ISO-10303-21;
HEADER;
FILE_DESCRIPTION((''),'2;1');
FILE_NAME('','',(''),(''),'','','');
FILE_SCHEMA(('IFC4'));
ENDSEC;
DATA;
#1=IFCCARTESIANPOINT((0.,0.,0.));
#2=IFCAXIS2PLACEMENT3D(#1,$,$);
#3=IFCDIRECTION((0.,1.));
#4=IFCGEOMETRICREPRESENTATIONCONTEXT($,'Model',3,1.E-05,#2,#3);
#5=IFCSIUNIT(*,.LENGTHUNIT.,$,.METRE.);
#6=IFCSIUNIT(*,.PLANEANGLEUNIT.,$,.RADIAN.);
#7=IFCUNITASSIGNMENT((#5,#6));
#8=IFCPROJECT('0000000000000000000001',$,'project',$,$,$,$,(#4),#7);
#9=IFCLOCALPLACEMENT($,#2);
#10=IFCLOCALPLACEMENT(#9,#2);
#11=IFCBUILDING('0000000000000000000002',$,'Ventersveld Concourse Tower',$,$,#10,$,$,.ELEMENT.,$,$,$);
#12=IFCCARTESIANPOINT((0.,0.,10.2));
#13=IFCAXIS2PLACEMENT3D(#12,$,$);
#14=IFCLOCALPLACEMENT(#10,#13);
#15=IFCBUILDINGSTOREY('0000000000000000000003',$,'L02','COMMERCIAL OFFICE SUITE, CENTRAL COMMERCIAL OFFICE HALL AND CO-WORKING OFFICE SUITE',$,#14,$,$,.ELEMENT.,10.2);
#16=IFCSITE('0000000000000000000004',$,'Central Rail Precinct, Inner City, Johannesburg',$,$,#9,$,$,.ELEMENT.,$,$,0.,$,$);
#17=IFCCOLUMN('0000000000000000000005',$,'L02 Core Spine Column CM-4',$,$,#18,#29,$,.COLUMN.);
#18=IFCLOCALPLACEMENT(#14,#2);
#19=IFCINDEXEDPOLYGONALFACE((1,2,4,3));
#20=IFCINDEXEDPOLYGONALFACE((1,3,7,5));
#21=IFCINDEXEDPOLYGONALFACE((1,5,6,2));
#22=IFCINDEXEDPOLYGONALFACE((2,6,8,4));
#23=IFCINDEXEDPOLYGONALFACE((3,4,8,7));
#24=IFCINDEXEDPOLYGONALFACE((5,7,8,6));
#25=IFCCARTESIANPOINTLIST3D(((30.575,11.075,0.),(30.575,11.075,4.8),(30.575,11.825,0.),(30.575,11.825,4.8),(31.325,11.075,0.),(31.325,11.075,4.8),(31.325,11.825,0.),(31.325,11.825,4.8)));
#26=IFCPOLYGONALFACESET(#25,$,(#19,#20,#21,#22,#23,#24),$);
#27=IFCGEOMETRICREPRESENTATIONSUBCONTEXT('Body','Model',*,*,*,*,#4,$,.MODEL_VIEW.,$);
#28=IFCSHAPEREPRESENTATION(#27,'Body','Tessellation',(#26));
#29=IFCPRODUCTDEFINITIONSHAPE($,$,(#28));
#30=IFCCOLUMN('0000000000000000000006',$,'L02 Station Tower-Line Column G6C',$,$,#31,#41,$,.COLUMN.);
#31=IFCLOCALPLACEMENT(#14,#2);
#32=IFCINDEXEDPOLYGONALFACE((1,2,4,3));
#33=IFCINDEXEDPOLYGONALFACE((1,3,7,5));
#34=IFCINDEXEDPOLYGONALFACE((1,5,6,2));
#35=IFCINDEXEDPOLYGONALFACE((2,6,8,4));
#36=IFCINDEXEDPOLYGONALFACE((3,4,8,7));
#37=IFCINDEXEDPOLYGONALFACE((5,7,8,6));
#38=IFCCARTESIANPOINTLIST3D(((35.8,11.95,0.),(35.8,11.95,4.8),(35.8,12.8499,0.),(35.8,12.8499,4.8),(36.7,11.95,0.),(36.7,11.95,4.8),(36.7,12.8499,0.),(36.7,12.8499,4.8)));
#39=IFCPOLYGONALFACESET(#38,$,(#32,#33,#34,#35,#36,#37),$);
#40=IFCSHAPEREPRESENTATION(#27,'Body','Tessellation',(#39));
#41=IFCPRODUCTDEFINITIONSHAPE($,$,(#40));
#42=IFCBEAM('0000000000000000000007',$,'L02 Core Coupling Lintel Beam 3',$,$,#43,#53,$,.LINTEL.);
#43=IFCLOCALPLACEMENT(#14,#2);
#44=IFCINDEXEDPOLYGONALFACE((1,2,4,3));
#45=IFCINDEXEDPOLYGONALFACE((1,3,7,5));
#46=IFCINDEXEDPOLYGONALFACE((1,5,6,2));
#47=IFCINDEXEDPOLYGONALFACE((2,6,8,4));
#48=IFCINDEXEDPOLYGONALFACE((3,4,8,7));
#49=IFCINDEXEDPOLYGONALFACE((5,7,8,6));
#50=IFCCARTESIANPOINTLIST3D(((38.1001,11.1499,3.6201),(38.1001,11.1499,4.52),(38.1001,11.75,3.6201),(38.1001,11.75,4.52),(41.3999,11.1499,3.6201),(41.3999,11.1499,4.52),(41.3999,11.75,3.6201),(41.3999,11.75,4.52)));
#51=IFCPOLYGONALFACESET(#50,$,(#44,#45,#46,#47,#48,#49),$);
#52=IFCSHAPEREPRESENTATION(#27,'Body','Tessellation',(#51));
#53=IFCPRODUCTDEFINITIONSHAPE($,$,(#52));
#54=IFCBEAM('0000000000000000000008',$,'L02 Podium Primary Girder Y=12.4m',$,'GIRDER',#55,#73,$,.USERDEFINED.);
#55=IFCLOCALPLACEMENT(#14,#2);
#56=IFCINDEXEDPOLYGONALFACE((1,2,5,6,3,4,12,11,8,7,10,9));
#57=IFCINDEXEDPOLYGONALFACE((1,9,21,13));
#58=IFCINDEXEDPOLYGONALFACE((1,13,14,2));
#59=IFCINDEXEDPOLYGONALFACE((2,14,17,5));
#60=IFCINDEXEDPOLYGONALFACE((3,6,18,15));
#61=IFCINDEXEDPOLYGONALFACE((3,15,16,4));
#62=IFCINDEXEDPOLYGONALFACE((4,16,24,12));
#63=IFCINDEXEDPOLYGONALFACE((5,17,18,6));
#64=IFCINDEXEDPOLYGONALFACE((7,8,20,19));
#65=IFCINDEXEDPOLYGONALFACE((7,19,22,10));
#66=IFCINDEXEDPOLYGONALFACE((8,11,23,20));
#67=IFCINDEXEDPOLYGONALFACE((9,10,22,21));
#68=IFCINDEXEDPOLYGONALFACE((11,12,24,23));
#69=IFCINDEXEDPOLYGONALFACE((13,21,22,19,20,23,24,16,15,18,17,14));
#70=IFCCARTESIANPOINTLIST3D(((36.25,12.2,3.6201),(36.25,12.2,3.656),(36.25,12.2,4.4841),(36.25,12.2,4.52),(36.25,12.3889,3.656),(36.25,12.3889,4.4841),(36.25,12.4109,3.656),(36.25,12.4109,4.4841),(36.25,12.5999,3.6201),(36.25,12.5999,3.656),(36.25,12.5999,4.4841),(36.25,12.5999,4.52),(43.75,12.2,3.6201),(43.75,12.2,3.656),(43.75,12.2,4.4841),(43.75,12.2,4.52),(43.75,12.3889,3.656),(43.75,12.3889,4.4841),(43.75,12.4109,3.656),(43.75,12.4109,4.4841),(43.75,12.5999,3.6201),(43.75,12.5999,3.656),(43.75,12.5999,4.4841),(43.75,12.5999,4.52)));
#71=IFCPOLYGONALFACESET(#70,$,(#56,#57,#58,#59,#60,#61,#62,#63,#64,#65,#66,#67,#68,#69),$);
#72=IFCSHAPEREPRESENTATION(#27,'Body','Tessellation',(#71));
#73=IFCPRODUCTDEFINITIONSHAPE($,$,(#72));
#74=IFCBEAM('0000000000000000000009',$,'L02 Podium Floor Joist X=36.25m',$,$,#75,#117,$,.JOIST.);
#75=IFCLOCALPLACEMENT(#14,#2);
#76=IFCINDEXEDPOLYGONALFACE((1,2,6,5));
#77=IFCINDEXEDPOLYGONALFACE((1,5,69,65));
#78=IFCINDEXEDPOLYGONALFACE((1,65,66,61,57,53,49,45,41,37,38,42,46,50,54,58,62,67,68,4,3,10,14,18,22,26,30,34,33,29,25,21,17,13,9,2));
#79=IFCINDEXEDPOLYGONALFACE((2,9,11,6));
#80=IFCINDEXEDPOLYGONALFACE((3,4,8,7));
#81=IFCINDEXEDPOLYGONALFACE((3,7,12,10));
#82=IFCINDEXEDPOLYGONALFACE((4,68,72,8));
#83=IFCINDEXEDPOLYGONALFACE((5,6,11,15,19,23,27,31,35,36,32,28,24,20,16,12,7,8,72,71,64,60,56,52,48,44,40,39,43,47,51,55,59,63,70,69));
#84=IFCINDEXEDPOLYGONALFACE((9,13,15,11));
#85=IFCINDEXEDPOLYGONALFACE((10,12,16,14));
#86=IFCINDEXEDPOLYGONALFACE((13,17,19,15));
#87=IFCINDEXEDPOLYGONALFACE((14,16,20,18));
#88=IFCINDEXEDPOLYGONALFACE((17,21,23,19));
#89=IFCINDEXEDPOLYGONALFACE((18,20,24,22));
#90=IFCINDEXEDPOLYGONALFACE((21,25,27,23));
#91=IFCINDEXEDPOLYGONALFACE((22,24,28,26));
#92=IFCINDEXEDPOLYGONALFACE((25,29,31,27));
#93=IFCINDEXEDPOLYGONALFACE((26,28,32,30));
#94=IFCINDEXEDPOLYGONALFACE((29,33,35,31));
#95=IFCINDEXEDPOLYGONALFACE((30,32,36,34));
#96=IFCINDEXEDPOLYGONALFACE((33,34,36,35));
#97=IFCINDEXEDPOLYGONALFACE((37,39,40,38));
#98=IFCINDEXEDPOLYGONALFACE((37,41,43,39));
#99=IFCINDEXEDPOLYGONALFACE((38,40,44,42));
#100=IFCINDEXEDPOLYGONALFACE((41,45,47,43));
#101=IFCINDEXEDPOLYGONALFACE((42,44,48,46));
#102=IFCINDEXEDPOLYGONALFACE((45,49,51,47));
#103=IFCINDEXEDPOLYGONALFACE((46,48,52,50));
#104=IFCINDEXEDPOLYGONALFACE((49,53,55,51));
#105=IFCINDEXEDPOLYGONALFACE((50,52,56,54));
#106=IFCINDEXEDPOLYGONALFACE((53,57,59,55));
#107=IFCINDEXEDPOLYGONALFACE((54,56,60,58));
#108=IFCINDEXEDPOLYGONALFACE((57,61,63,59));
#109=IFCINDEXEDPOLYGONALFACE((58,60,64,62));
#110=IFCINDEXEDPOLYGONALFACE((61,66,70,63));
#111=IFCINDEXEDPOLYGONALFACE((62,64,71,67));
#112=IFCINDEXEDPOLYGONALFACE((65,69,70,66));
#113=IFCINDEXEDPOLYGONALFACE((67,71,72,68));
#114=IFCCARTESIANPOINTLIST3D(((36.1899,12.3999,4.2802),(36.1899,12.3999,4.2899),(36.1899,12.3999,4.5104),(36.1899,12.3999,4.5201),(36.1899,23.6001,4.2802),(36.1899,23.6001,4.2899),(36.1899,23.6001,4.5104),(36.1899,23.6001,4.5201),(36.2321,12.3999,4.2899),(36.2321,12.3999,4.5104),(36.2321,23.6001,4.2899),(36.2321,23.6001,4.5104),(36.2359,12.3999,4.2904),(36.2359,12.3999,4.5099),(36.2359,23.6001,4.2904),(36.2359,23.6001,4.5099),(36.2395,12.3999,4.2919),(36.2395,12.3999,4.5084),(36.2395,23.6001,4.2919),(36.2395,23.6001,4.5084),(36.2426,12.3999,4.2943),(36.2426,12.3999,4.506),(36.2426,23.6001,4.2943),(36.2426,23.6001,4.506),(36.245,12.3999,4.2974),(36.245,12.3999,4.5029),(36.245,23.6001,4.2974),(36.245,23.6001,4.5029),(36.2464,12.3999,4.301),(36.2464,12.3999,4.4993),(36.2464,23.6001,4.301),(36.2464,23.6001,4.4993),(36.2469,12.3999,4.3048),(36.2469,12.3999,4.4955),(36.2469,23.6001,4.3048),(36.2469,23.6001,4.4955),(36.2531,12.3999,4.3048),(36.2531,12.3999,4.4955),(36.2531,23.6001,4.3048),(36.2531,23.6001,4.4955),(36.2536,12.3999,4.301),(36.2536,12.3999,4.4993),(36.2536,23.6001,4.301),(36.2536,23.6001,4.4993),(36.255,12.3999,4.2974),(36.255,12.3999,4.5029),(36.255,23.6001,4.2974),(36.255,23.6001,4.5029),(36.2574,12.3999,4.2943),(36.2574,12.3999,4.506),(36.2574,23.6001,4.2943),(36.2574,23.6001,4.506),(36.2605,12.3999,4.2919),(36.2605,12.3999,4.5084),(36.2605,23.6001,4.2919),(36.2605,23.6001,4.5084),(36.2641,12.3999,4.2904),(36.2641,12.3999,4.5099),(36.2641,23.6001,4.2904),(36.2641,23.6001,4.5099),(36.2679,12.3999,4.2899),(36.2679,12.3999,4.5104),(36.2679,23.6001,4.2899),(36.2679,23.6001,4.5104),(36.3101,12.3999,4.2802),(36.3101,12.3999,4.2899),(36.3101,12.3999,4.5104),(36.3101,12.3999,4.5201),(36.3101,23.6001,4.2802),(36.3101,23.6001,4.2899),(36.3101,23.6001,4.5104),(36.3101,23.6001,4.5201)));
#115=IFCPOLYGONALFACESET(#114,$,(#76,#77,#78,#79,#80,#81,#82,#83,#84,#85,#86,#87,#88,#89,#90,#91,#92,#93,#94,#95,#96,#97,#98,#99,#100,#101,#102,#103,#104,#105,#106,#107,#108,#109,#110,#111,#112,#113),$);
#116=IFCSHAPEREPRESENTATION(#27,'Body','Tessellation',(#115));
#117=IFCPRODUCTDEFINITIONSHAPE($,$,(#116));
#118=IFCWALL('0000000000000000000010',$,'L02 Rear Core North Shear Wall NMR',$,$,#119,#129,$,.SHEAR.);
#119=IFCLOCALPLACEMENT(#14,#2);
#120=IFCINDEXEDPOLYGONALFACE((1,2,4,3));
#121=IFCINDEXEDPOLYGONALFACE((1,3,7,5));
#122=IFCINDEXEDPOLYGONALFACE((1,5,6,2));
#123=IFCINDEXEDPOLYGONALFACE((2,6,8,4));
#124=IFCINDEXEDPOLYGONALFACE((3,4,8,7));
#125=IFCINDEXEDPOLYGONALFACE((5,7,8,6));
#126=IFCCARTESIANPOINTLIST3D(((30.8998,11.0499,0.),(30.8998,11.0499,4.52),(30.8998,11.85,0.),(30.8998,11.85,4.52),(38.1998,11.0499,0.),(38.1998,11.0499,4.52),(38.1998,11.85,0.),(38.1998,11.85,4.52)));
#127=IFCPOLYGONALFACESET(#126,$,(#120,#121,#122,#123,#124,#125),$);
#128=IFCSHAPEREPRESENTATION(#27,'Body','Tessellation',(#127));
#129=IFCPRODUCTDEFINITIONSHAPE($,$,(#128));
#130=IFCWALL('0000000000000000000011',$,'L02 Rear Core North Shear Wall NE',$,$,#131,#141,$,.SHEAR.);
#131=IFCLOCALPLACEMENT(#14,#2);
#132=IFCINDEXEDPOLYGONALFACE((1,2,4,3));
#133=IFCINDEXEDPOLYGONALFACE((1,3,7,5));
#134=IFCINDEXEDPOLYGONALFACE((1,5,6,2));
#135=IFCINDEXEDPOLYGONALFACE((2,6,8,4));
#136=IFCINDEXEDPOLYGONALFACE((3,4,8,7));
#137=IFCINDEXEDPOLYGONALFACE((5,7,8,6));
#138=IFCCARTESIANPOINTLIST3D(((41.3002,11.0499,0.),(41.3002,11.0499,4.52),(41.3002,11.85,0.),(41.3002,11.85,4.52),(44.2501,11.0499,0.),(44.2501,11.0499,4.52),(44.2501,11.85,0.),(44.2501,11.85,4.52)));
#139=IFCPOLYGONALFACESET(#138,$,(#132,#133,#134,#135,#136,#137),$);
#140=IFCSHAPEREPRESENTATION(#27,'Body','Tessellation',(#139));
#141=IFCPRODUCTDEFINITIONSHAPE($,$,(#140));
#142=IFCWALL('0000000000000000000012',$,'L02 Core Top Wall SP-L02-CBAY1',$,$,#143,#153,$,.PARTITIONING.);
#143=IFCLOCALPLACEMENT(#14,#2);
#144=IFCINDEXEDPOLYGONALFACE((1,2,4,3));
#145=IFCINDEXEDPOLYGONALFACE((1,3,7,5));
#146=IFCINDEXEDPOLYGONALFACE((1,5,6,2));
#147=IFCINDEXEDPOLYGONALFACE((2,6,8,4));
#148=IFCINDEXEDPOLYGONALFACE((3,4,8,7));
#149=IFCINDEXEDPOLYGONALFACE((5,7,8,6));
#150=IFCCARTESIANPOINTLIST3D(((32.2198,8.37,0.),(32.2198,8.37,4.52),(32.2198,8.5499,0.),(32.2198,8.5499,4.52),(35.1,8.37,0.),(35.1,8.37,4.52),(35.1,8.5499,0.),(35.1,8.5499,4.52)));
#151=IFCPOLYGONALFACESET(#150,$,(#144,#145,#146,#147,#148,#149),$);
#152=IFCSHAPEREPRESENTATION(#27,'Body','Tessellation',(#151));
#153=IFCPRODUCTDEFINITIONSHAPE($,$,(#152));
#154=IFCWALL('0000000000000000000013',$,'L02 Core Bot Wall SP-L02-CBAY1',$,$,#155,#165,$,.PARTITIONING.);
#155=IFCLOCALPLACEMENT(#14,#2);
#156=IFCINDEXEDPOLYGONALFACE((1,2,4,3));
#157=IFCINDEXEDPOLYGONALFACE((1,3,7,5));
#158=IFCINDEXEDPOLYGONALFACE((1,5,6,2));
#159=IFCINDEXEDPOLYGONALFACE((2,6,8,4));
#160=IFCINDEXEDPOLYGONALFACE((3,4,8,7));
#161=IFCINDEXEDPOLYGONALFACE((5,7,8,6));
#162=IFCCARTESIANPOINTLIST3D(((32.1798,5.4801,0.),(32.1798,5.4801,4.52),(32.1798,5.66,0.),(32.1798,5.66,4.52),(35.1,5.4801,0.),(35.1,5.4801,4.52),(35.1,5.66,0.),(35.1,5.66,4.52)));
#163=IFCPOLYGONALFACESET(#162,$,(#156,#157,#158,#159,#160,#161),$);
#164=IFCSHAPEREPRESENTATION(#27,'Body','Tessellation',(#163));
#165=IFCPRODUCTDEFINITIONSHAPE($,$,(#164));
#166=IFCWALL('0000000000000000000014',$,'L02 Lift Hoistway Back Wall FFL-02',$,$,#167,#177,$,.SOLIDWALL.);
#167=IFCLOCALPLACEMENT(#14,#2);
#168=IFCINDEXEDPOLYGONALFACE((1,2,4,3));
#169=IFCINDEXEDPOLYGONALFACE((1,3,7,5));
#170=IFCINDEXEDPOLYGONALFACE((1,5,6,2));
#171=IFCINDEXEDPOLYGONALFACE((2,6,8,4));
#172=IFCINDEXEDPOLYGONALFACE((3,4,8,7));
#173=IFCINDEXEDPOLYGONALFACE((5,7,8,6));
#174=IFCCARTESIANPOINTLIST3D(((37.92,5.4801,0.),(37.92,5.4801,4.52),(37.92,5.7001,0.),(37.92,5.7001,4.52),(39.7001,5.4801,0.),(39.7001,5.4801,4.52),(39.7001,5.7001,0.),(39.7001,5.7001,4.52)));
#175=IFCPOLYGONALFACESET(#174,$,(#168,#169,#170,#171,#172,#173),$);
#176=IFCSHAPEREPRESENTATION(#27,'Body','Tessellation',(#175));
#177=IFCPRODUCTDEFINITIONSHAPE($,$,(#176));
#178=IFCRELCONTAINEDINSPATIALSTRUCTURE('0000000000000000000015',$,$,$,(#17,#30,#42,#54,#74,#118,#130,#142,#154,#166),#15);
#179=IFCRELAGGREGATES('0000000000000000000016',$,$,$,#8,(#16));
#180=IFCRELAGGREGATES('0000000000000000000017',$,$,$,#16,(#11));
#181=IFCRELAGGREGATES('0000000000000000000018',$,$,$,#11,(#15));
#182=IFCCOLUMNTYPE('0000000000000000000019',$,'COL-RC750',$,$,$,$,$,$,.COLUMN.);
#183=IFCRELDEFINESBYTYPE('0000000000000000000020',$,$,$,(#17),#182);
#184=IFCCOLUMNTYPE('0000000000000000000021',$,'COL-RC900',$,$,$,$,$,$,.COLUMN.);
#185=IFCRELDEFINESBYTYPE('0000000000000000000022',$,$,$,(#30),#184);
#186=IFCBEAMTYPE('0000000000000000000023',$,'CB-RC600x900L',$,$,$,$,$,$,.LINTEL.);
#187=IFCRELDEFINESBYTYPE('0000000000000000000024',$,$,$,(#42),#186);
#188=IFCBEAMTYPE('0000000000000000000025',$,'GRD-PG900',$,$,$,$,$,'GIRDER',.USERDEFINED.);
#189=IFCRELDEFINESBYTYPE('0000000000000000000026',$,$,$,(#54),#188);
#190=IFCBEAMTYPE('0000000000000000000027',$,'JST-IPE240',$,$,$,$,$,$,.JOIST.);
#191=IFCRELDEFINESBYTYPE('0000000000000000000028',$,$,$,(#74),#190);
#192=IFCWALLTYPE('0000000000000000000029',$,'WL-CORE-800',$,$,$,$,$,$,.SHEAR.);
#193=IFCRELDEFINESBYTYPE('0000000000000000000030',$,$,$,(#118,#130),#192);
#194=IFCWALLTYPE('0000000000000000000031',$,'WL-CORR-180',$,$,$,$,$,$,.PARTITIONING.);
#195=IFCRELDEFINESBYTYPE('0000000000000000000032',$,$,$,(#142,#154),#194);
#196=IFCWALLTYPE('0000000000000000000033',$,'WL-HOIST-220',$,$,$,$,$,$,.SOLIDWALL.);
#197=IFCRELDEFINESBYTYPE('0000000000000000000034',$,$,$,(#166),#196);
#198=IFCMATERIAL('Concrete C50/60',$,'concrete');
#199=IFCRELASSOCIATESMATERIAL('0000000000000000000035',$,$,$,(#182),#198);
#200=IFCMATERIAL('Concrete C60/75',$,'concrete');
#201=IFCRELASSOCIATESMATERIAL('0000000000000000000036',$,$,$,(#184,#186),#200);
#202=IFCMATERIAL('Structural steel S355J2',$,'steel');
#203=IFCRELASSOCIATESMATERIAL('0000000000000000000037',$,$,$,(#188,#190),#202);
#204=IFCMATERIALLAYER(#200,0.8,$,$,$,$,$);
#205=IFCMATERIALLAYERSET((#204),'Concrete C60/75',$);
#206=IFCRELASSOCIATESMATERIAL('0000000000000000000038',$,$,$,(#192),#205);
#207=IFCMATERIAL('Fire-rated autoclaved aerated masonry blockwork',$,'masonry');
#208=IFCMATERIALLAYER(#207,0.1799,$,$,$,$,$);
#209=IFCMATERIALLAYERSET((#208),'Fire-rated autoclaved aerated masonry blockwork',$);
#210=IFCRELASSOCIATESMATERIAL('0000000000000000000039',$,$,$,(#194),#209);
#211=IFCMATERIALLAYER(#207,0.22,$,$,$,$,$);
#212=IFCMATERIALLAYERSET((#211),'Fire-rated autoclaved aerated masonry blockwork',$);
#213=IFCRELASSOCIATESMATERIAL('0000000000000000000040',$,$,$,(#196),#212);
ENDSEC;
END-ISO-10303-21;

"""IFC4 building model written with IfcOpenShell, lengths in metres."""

from ifc_helpers import new_model, si_unit, direction, frame, frame_2d, origin, origin_2d, place, context, subcontext, project, spatial, rectangle, i_section, extrude, material, layer, layer_set, material_profile, profile_set, type_object, element, save


model = new_model("IFC4")

# Units and contexts
model_context = context("Model", 3, precision=1e-05, world=origin(), true_north=direction((0.0, 1.0)))
body_context = subcontext(model_context, "Body", "Model", "MODEL_VIEW")
ifc_project = project(units=[si_unit("LENGTHUNIT", "METRE"), si_unit("PLANEANGLEUNIT", "RADIAN")], contexts=[model_context])

# Site, building, storey
site_placement = place(None, origin())
site = spatial("IfcSite", under=ifc_project, at=site_placement, Name="Central Rail Precinct, Inner City, Johannesburg", CompositionType="ELEMENT", RefElevation=0.0)
building_placement = place(site_placement, origin())
building = spatial("IfcBuilding", under=site, at=building_placement, Name="Ventersveld Concourse Tower", CompositionType="ELEMENT")
storey_placement = place(building_placement, frame((0.0, 0.0, 10.2)))
storey = spatial("IfcBuildingStorey", under=building, at=storey_placement, Name="L02", Description="COMMERCIAL OFFICE SUITE, CENTRAL COMMERCIAL OFFICE HALL AND CO-WORKING OFFICE SUITE", CompositionType="ELEMENT", Elevation=10.2)

# Columns
ifc_material_1 = material(Name="Concrete C50/60", Category="concrete")
ifc_material_profile_1 = material_profile(ifc_material_1, rectangle(XDim=0.75, YDim=0.75, at=origin_2d()), Name="RC 750x750")
ifc_profile_set_1 = profile_set([ifc_material_profile_1], Name="Concrete C50/60")
column_type_1 = type_object("IfcColumnType", Name="COL-RC750", PredefinedType="COLUMN", material=ifc_profile_set_1)
column_1_placement = place(storey_placement, frame((30.95, 11.45, 0.0), z_axis=(0.0, 0.0, 1.0), x_axis=(1.0, 0.0, 0.0)))
element("IfcColumn", 1, at=column_1_placement, inside=storey, type_object=column_type_1, Name="L02 Core Spine Column CM-4", PredefinedType="COLUMN", context=body_context, shape_type="SweptSolid", body=[
    extrude(rectangle(XDim=0.75, YDim=0.75, at=origin_2d()), origin(), (0.0, 0.0, 1.0), 4.8),
])
ifc_material_2 = material(Name="Concrete C60/75", Category="concrete")
ifc_material_profile_2 = material_profile(ifc_material_2, rectangle(XDim=0.8999, YDim=0.8999, at=origin_2d()), Name="RC 900x900")
ifc_profile_set_2 = profile_set([ifc_material_profile_2], Name="Concrete C60/75")
column_type_2 = type_object("IfcColumnType", Name="COL-RC900", PredefinedType="COLUMN", material=ifc_profile_set_2)
column_2_placement = place(storey_placement, frame((36.25, 12.3999, 0.0), z_axis=(0.0, 0.0, 1.0), x_axis=(1.0, 0.0, 0.0)))
element("IfcColumn", 2, at=column_2_placement, inside=storey, type_object=column_type_2, Name="L02 Station Tower-Line Column G6C", PredefinedType="COLUMN", context=body_context, shape_type="SweptSolid", body=[
    extrude(rectangle(XDim=0.8999, YDim=0.8999, at=origin_2d()), origin(), (0.0, 0.0, 1.0), 4.8),
])

# Beams
ifc_material_profile_3 = material_profile(ifc_material_2, rectangle(XDim=0.6001, YDim=0.8999, at=origin_2d()), Name="RC 600x900")
ifc_profile_set_3 = profile_set([ifc_material_profile_3], Name="Concrete C60/75")
beam_type_1 = type_object("IfcBeamType", Name="CB-RC600x900L", PredefinedType="LINTEL", material=ifc_profile_set_3)
beam_1_placement = place(storey_placement, frame((38.1001, 11.45, 4.0701), z_axis=(1.0, 0.0, 0.0), x_axis=(0.0, 1.0, 0.0)))
element("IfcBeam", 3, at=beam_1_placement, inside=storey, type_object=beam_type_1, Name="L02 Core Coupling Lintel Beam 3", PredefinedType="LINTEL", context=body_context, shape_type="SweptSolid", body=[
    extrude(rectangle(XDim=0.6001, YDim=0.8999, at=origin_2d()), origin(), (0.0, 0.0, 1.0), 3.2998),
])
ifc_material_3 = material(Name="Structural steel S355J2", Category="steel")
ifc_material_profile_4 = material_profile(ifc_material_3, i_section(OverallWidth=0.3999, OverallDepth=0.8999, WebThickness=0.022, FlangeThickness=0.0359, at=origin_2d()), Name="PG 900x400x36")
ifc_profile_set_4 = profile_set([ifc_material_profile_4], Name="Structural steel S355J2")
beam_type_2 = type_object("IfcBeamType", Name="GRD-PG900", ElementType="GIRDER", PredefinedType="USERDEFINED", material=ifc_profile_set_4)
beam_2_placement = place(storey_placement, frame((36.25, 12.3999, 4.0701), z_axis=(1.0, 0.0, 0.0), x_axis=(0.0, 1.0, 0.0)))
element("IfcBeam", 4, at=beam_2_placement, inside=storey, type_object=beam_type_2, Name="L02 Podium Primary Girder Y=12.4m", ObjectType="GIRDER", PredefinedType="USERDEFINED", context=body_context, shape_type="SweptSolid", body=[
    extrude(i_section(OverallWidth=0.3999, OverallDepth=0.8999, WebThickness=0.022, FlangeThickness=0.0359, at=origin_2d()), origin(), (0.0, 0.0, 1.0), 7.5),
])
ifc_material_profile_5 = material_profile(ifc_material_3, i_section(OverallWidth=0.1201, OverallDepth=0.24, WebThickness=0.0061, FlangeThickness=0.0098, FilletRadius=0.0149, at=origin_2d()), Name="IPE 240")
ifc_profile_set_5 = profile_set([ifc_material_profile_5], Name="Structural steel S355J2")
beam_type_3 = type_object("IfcBeamType", Name="JST-IPE240", PredefinedType="JOIST", material=ifc_profile_set_5)
beam_3_placement = place(storey_placement, frame((36.25, 12.3999, 4.4001), z_axis=(0.0, 1.0, 0.0), x_axis=(-1.0, 0.0, 0.0)))
element("IfcBeam", 5, at=beam_3_placement, inside=storey, type_object=beam_type_3, Name="L02 Podium Floor Joist X=36.25m", PredefinedType="JOIST", context=body_context, shape_type="SweptSolid", body=[
    extrude(i_section(OverallWidth=0.1201, OverallDepth=0.24, WebThickness=0.0061, FlangeThickness=0.0098, FilletRadius=0.0149, at=origin_2d()), origin(), (0.0, 0.0, 1.0), 11.2002),
])

# Walls
ifc_layer_1 = layer(ifc_material_2, 0.8)
ifc_layer_set_1 = layer_set([ifc_layer_1], Name="Concrete C60/75")
wall_type_1 = type_object("IfcWallType", Name="WL-CORE-800", PredefinedType="SHEAR", material=ifc_layer_set_1)
wall_1_placement = place(storey_placement, frame((30.8999, 11.45, 0.0), z_axis=(0.0, 0.0, 1.0), x_axis=(1.0, 0.0, 0.0)))
element("IfcWall", 6, at=wall_1_placement, inside=storey, type_object=wall_type_1, Name="L02 Rear Core North Shear Wall NMR", PredefinedType="SHEAR", context=body_context, shape_type="SweptSolid", body=[
    extrude(rectangle(XDim=7.3, YDim=0.8, at=frame_2d((3.6499, 0.0))), origin(), (0.0, 0.0, 1.0), 4.52),
])
wall_2_placement = place(storey_placement, frame((41.3, 11.45, 0.0), z_axis=(0.0, 0.0, 1.0), x_axis=(1.0, 0.0, 0.0)))
element("IfcWall", 7, at=wall_2_placement, inside=storey, type_object=wall_type_1, Name="L02 Rear Core North Shear Wall NE", PredefinedType="SHEAR", context=body_context, shape_type="SweptSolid", body=[
    extrude(rectangle(XDim=2.95, YDim=0.8, at=frame_2d((1.4751, 0.0))), origin(), (0.0, 0.0, 1.0), 4.52),
])

# Shared definitions
ifc_material_4 = material(Name="Fire-rated autoclaved aerated masonry blockwork", Category="masonry")
ifc_layer_2 = layer(ifc_material_4, 0.1799)
ifc_layer_set_2 = layer_set([ifc_layer_2], Name="Fire-rated autoclaved aerated masonry blockwork")
wall_type_2 = type_object("IfcWallType", Name="WL-CORR-180", PredefinedType="PARTITIONING", material=ifc_layer_set_2)

# Walls
wall_3_placement = place(storey_placement, frame((32.22, 8.46, 0.0), z_axis=(0.0, 0.0, 1.0), x_axis=(1.0, 0.0, 0.0)))
element("IfcWall", 8, at=wall_3_placement, inside=storey, type_object=wall_type_2, Name="L02 Core Top Wall SP-L02-CBAY1", PredefinedType="PARTITIONING", context=body_context, shape_type="SweptSolid", body=[
    extrude(rectangle(XDim=2.8801, YDim=0.1799, at=frame_2d((1.4399, 0.0))), origin(), (0.0, 0.0, 1.0), 4.52),
])
wall_4_placement = place(storey_placement, frame((32.1799, 5.5701, 0.0), z_axis=(0.0, 0.0, 1.0), x_axis=(1.0, 0.0, 0.0)))
element("IfcWall", 9, at=wall_4_placement, inside=storey, type_object=wall_type_2, Name="L02 Core Bot Wall SP-L02-CBAY1", PredefinedType="PARTITIONING", context=body_context, shape_type="SweptSolid", body=[
    extrude(rectangle(XDim=2.9202, YDim=0.1799, at=frame_2d((1.46, 0.0))), origin(), (0.0, 0.0, 1.0), 4.52),
])
ifc_layer_3 = layer(ifc_material_4, 0.22)
ifc_layer_set_3 = layer_set([ifc_layer_3], Name="Fire-rated autoclaved aerated masonry blockwork")
wall_type_3 = type_object("IfcWallType", Name="WL-HOIST-220", PredefinedType="SOLIDWALL", material=ifc_layer_set_3)
wall_5_placement = place(storey_placement, frame((37.9199, 5.5901, 0.0), z_axis=(0.0, 0.0, 1.0), x_axis=(1.0, 0.0, 0.0)))
element("IfcWall", 10, at=wall_5_placement, inside=storey, type_object=wall_type_3, Name="L02 Lift Hoistway Back Wall FFL-02", PredefinedType="SOLIDWALL", context=body_context, shape_type="SweptSolid", body=[
    extrude(rectangle(XDim=1.78, YDim=0.22, at=frame_2d((0.8901, 0.0))), origin(), (0.0, 0.0, 1.0), 4.52),
])

save(model, "model.ifc")
